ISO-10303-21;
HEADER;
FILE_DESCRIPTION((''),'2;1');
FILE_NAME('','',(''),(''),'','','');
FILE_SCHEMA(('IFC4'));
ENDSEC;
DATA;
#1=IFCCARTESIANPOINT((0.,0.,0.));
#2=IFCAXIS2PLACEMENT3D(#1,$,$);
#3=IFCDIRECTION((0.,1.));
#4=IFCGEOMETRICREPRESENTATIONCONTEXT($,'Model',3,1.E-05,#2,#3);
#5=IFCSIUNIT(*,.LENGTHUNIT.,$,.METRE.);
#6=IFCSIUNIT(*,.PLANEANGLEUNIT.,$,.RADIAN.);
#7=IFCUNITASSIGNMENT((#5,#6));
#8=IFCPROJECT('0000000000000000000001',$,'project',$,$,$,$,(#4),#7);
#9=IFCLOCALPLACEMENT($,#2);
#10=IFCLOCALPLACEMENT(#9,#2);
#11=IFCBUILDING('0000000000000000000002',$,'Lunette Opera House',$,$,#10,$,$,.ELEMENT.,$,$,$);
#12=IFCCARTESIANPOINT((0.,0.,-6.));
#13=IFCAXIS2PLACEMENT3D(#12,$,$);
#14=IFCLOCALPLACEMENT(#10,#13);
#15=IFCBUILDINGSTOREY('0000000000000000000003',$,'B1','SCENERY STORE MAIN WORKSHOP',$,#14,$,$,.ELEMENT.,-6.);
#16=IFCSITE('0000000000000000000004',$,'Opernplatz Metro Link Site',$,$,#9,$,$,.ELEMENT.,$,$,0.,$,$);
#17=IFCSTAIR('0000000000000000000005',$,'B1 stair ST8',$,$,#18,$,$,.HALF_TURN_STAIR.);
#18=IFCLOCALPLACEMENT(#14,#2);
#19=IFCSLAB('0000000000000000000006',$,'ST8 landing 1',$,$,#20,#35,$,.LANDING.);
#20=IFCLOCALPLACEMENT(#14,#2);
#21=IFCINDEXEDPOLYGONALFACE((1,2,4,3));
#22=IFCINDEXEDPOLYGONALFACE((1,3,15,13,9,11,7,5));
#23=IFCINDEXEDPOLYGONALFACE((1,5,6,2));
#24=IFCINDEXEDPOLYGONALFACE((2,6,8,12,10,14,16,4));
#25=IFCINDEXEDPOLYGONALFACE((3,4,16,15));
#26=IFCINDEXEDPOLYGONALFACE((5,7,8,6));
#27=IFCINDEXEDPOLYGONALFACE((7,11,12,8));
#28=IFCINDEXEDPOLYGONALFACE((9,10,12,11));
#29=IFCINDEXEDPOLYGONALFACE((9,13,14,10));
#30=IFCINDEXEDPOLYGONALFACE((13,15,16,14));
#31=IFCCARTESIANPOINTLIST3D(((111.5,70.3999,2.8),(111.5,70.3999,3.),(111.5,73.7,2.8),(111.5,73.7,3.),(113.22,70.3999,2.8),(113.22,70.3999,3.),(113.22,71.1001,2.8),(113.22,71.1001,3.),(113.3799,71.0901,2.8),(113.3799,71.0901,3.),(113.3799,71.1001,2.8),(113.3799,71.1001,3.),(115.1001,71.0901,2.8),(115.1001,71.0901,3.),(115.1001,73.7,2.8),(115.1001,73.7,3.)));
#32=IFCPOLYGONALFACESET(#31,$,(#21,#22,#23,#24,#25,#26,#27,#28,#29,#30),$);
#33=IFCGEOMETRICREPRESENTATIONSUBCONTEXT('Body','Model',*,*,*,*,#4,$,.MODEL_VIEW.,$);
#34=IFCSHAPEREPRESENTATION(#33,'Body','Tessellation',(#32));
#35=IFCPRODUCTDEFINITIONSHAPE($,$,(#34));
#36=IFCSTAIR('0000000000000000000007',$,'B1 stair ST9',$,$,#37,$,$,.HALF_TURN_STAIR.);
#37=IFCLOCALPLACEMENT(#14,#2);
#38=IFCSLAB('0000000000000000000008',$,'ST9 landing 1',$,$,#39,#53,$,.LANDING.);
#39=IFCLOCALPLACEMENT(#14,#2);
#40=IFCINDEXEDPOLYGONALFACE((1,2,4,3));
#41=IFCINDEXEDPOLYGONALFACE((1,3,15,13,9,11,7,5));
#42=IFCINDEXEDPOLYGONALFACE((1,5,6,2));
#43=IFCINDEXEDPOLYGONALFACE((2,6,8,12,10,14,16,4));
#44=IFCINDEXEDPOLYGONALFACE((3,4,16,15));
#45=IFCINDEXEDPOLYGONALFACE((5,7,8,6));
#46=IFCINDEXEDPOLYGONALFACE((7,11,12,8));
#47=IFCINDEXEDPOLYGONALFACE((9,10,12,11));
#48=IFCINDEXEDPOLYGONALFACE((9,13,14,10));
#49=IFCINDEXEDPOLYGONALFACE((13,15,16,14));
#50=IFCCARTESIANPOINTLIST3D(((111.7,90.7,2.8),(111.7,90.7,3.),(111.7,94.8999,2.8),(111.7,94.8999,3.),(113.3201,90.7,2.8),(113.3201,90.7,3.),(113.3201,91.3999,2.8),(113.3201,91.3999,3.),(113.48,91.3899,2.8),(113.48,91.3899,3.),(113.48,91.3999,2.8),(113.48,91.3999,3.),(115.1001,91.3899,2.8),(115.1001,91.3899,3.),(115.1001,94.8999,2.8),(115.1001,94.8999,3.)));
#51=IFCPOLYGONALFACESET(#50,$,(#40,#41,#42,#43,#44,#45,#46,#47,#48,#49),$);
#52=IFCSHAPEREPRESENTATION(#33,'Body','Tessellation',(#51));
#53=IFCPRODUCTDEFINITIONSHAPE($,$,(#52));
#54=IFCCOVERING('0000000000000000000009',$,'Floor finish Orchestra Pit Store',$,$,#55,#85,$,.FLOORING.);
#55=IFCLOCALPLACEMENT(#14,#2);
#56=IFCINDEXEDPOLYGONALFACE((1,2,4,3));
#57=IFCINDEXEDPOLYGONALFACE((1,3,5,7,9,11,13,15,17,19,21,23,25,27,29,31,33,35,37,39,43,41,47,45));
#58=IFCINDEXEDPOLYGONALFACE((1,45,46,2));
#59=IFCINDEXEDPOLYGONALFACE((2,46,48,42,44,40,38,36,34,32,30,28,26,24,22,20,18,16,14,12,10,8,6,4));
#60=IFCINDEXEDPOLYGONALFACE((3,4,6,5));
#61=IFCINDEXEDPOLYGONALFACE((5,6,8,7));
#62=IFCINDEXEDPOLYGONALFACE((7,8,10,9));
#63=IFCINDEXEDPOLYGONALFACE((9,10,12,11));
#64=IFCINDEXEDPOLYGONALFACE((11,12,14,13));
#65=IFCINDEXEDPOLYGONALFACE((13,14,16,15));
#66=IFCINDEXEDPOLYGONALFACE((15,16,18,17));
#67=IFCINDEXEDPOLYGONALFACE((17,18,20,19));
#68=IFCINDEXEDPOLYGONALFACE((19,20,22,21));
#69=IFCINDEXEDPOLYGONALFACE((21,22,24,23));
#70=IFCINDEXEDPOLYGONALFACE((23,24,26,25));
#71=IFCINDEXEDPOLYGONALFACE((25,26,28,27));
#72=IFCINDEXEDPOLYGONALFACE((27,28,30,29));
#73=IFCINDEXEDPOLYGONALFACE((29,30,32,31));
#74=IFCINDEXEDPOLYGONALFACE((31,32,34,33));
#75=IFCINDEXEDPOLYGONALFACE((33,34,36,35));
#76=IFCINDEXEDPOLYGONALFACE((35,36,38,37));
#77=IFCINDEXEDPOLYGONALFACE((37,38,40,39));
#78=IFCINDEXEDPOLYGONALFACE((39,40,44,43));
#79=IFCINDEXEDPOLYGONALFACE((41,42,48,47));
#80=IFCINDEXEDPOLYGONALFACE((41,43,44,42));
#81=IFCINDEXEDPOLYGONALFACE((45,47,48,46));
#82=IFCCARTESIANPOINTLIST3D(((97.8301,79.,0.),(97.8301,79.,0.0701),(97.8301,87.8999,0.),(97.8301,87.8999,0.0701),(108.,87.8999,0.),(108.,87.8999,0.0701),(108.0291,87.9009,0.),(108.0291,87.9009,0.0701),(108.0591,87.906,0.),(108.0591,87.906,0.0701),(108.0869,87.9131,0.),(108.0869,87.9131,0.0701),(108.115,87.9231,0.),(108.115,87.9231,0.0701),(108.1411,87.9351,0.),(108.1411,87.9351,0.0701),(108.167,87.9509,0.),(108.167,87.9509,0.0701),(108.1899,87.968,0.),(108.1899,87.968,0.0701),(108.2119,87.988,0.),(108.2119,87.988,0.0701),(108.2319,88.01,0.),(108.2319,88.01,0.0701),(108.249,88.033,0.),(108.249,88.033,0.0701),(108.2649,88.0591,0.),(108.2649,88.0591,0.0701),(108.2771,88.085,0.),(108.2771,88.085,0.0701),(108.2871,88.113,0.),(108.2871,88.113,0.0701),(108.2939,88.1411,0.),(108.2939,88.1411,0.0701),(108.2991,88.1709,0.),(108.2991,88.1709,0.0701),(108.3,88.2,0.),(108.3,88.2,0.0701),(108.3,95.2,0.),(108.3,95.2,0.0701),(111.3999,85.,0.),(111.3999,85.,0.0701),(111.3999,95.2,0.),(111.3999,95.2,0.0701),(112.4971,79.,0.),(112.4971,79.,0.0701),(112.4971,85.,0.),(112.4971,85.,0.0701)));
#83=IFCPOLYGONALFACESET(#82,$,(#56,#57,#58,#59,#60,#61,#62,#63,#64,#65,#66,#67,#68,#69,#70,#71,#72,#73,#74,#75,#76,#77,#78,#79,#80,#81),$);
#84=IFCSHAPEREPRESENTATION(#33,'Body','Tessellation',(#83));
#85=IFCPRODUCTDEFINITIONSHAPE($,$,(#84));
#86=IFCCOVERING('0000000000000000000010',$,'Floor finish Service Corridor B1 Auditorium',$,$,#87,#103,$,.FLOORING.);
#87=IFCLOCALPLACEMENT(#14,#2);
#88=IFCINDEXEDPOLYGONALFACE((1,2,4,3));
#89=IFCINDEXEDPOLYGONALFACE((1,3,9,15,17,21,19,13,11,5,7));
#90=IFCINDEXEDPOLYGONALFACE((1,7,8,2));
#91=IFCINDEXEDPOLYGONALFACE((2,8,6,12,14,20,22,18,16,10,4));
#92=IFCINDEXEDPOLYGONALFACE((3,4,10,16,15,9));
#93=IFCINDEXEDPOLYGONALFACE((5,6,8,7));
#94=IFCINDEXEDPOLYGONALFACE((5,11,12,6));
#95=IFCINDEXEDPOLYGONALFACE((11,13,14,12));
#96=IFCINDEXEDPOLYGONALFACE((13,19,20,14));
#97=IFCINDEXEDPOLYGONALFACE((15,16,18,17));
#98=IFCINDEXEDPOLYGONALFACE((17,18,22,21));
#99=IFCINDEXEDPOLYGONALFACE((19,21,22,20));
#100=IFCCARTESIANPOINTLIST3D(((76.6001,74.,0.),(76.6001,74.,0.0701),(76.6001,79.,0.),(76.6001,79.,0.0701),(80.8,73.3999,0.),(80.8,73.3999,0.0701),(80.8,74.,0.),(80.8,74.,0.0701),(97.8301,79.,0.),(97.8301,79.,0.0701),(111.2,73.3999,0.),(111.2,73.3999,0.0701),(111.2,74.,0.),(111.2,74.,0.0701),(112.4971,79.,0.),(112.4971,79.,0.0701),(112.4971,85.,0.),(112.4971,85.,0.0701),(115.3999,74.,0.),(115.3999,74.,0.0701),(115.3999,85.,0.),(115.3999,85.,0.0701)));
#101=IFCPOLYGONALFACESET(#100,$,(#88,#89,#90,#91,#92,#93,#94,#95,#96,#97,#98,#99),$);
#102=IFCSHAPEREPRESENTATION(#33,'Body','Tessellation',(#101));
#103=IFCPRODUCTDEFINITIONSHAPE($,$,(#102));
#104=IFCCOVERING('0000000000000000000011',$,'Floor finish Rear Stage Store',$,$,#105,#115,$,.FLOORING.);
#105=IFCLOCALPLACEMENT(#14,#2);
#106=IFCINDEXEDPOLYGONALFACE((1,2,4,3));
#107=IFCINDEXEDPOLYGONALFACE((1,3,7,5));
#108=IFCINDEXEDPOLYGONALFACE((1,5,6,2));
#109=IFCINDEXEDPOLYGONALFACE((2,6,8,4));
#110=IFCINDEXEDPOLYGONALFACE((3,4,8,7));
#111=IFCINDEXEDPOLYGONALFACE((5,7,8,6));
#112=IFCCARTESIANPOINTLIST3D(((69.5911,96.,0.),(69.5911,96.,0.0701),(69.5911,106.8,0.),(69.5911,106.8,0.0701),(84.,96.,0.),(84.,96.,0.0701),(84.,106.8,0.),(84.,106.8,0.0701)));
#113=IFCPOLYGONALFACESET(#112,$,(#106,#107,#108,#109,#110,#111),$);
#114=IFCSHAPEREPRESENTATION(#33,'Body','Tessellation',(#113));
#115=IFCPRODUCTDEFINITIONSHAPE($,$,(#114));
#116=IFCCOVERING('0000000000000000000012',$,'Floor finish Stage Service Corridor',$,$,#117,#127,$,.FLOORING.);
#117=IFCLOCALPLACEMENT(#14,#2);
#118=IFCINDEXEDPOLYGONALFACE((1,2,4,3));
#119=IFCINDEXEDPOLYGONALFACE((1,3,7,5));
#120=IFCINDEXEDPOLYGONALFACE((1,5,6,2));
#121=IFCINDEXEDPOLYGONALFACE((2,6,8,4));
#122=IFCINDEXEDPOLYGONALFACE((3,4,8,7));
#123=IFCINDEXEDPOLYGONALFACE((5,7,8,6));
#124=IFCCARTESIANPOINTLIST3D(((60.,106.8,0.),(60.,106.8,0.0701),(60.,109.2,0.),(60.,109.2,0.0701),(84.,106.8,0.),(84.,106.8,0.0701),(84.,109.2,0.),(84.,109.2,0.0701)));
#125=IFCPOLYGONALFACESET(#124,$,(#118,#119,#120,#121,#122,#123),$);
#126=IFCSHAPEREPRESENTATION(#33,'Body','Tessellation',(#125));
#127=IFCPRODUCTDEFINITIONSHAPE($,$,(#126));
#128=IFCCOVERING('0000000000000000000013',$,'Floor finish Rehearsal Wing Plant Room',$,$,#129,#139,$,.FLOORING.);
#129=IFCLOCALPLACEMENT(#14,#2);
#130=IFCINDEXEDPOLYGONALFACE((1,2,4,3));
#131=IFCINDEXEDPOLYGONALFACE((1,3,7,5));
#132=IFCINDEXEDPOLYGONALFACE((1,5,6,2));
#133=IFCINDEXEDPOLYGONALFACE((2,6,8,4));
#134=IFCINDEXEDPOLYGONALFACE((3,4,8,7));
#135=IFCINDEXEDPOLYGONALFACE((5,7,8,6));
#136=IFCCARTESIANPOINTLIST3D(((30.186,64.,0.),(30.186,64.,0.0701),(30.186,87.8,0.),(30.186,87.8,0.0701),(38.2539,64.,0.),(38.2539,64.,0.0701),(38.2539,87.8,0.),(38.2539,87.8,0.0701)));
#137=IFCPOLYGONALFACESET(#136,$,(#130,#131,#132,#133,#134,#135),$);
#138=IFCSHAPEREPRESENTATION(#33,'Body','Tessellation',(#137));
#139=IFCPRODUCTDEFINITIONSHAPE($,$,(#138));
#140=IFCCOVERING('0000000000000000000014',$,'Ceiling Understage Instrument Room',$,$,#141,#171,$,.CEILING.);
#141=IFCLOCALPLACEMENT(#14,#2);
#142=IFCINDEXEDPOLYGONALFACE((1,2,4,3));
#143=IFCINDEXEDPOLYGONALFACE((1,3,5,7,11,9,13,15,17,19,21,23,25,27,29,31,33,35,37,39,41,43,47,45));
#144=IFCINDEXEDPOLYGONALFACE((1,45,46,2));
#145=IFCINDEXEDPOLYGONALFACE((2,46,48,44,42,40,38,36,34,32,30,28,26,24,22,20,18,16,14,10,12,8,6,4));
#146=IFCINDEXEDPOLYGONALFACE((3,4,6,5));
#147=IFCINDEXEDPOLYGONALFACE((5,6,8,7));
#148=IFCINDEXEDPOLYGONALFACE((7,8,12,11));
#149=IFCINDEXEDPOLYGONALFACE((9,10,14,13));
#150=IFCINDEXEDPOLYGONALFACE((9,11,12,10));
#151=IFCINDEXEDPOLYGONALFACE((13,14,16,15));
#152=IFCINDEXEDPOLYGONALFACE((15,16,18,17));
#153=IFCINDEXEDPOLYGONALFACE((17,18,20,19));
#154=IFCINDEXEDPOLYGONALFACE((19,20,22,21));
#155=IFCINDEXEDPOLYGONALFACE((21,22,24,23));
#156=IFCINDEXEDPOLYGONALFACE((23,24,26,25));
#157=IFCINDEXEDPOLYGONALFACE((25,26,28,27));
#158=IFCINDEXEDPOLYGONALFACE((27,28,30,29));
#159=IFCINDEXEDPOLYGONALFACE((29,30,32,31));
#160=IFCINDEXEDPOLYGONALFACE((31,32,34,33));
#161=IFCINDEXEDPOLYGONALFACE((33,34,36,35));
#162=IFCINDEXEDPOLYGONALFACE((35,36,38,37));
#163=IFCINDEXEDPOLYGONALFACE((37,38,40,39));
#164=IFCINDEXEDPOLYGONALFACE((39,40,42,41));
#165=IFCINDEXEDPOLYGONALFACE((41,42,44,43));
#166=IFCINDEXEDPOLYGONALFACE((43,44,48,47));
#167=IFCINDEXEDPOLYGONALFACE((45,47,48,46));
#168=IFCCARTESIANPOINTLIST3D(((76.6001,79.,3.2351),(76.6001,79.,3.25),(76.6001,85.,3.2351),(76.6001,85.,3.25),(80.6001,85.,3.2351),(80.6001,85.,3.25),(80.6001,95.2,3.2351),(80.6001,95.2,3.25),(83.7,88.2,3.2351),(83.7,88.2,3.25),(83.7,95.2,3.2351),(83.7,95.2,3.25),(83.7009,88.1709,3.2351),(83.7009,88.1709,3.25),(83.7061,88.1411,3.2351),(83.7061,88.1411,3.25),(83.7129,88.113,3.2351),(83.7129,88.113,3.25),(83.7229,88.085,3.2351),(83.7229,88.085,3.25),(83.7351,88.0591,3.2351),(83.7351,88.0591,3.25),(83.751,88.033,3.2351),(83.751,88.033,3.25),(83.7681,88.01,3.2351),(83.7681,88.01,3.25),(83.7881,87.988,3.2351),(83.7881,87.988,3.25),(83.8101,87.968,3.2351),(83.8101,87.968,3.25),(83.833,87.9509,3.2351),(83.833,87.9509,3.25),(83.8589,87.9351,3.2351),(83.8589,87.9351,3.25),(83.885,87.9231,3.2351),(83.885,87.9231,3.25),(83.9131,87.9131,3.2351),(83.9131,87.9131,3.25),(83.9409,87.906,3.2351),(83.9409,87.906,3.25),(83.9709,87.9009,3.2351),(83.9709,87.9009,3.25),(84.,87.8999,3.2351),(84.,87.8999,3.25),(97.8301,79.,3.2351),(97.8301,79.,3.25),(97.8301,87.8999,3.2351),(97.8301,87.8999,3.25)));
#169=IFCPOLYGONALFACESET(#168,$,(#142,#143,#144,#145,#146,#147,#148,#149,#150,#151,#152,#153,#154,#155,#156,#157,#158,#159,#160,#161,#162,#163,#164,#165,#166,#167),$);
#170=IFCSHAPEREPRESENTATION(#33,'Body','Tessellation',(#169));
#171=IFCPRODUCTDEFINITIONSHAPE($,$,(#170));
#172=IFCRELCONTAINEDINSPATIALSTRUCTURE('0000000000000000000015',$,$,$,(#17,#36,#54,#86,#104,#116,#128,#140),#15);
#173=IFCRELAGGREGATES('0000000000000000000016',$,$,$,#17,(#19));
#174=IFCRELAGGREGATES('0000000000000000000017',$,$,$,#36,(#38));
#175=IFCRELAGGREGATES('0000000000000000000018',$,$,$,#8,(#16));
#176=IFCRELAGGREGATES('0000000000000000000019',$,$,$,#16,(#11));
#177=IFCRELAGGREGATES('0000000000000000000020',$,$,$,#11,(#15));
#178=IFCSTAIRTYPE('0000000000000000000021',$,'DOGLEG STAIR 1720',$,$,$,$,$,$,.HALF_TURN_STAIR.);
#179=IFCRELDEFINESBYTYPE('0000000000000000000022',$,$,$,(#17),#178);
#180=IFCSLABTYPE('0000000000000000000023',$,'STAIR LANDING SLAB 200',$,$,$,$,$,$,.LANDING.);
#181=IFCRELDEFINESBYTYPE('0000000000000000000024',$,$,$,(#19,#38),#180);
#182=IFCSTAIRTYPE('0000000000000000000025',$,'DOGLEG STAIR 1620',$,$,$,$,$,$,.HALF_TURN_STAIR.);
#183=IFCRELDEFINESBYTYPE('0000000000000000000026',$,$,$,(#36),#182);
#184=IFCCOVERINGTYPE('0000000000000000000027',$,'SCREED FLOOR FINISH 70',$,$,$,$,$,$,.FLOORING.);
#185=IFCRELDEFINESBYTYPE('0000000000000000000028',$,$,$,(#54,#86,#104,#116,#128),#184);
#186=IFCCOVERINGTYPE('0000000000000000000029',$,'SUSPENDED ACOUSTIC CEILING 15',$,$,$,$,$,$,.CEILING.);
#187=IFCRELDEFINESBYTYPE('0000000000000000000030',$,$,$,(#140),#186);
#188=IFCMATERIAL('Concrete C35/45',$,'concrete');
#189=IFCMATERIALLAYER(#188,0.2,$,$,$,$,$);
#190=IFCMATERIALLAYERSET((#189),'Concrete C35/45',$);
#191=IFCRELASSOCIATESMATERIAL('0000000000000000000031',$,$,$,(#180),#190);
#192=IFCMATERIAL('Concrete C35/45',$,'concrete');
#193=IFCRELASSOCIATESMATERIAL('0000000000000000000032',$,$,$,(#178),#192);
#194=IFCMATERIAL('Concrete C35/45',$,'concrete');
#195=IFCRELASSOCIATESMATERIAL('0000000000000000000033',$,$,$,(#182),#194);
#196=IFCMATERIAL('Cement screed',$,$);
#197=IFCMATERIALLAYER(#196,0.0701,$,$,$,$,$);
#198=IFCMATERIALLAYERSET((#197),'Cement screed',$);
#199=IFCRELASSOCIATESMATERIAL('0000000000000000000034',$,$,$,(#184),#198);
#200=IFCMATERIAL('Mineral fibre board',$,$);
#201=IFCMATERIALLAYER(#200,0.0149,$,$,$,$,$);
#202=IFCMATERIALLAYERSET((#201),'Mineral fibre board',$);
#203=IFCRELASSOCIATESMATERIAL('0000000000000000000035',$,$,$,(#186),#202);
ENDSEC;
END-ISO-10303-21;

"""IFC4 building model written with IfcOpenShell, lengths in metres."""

from ifc_helpers import new_model, si_unit, direction, frame, origin, place, context, subcontext, project, spatial, polyline, outline, extrude, material, layer, layer_set, type_object, element, aggregate, save


model = new_model("IFC4")

# Units and contexts
model_context = context("Model", 3, precision=1e-05, world=origin(), true_north=direction((0.0, 1.0)))
body_context = subcontext(model_context, "Body", "Model", "MODEL_VIEW")
ifc_project = project(units=[si_unit("LENGTHUNIT", "METRE"), si_unit("PLANEANGLEUNIT", "RADIAN")], contexts=[model_context])

# Site, building, storey
site_placement = place(None, origin())
site = spatial("IfcSite", under=ifc_project, at=site_placement, Name="Opernplatz Metro Link Site", CompositionType="ELEMENT", RefElevation=0.0)
building_placement = place(site_placement, origin())
building = spatial("IfcBuilding", under=site, at=building_placement, Name="Lunette Opera House", CompositionType="ELEMENT")
storey_placement = place(building_placement, frame((0.0, 0.0, -6.0)))
storey = spatial("IfcBuildingStorey", under=building, at=storey_placement, Name="B1", Description="SCENERY STORE MAIN WORKSHOP", CompositionType="ELEMENT", Elevation=-6.0)

# Shared definitions
ifc_material_1 = material(Name="Concrete C35/45", Category="concrete")
ifc_layer_1 = layer(ifc_material_1, 0.2)
ifc_layer_set_1 = layer_set([ifc_layer_1], Name="Concrete C35/45")
slab_type_1 = type_object("IfcSlabType", Name="STAIR LANDING SLAB 200", PredefinedType="LANDING", material=ifc_layer_set_1)

# Stairs, slabs
ifc_material_2 = material(Name="Concrete C35/45", Category="concrete")
stair_type_1 = type_object("IfcStairType", Name="DOGLEG STAIR 1720", PredefinedType="HALF_TURN_STAIR", material=ifc_material_2)
stair_1_placement = place(storey_placement, origin())
stair_1 = element("IfcStair", 1, at=stair_1_placement, inside=storey, type_object=stair_type_1, Name="B1 stair ST8", PredefinedType="HALF_TURN_STAIR")
slab_1_placement = place(storey_placement, frame((0.0, 0.0, 2.8)))
slab_1 = element("IfcSlab", 2, at=slab_1_placement, type_object=slab_type_1, Name="ST8 landing 1", PredefinedType="LANDING", context=body_context, shape_type="SweptSolid", body=[
    extrude(outline(polyline([(115.1001, 71.0901), (113.3799, 71.0901), (113.3799, 71.1001), (113.22, 71.1001), (113.22, 70.3999), (111.5, 70.3999), (111.5, 73.7), (115.1001, 73.7), (115.1001, 71.0901)])), origin(), (0.0, 0.0, 1.0), 0.2),
])
aggregate(stair_1, [slab_1])
ifc_material_3 = material(Name="Concrete C35/45", Category="concrete")
stair_type_2 = type_object("IfcStairType", Name="DOGLEG STAIR 1620", PredefinedType="HALF_TURN_STAIR", material=ifc_material_3)
stair_2_placement = place(storey_placement, origin())
stair_2 = element("IfcStair", 3, at=stair_2_placement, inside=storey, type_object=stair_type_2, Name="B1 stair ST9", PredefinedType="HALF_TURN_STAIR")
slab_2_placement = place(storey_placement, frame((0.0, 0.0, 2.8)))
slab_2 = element("IfcSlab", 4, at=slab_2_placement, type_object=slab_type_1, Name="ST9 landing 1", PredefinedType="LANDING", context=body_context, shape_type="SweptSolid", body=[
    extrude(outline(polyline([(115.1001, 94.8999), (115.1001, 91.3899), (113.48, 91.3899), (113.48, 91.3999), (113.3201, 91.3999), (113.3201, 90.7), (111.7, 90.7), (111.7, 94.8999), (115.1001, 94.8999)])), origin(), (0.0, 0.0, 1.0), 0.2),
])
aggregate(stair_2, [slab_2])

# Coverings
ifc_material_4 = material(Name="Cement screed")
ifc_layer_2 = layer(ifc_material_4, 0.0701)
ifc_layer_set_2 = layer_set([ifc_layer_2], Name="Cement screed")
covering_type_1 = type_object("IfcCoveringType", Name="SCREED FLOOR FINISH 70", PredefinedType="FLOORING", material=ifc_layer_set_2)
covering_1_placement = place(storey_placement, origin())
element("IfcCovering", 5, at=covering_1_placement, inside=storey, type_object=covering_type_1, Name="Floor finish Orchestra Pit Store", PredefinedType="FLOORING", context=body_context, shape_type="SweptSolid", body=[
    extrude(outline(polyline([(108.0591, 87.906), (108.0869, 87.9131), (108.115, 87.9231), (108.1411, 87.9351), (108.167, 87.9509), (108.1899, 87.968), (108.2119, 87.988), (108.2319, 88.01), (108.249, 88.033), (108.2649, 88.0591), (108.2771, 88.085), (108.2871, 88.113), (108.2939, 88.1411), (108.2991, 88.1709), (108.3, 88.2), (108.3, 95.2), (111.3999, 95.2), (111.3999, 85.0), (112.4971, 85.0), (112.4971, 79.0), (97.8301, 79.0), (97.8301, 87.8999), (108.0, 87.8999), (108.0291, 87.9009), (108.0591, 87.906)])), origin(), (0.0, 0.0, 1.0), 0.0701),
])
covering_2_placement = place(storey_placement, origin())
element("IfcCovering", 6, at=covering_2_placement, inside=storey, type_object=covering_type_1, Name="Floor finish Service Corridor B1 Auditorium", PredefinedType="FLOORING", context=body_context, shape_type="SweptSolid", body=[
    extrude(outline(polyline([(76.6001, 74.0), (76.6001, 79.0), (97.8301, 79.0), (112.4971, 79.0), (112.4971, 85.0), (115.3999, 85.0), (115.3999, 74.0), (111.2, 74.0), (111.2, 73.3999), (80.8, 73.3999), (80.8, 74.0), (76.6001, 74.0)])), origin(), (0.0, 0.0, 1.0), 0.0701),
])
covering_3_placement = place(storey_placement, origin())
element("IfcCovering", 7, at=covering_3_placement, inside=storey, type_object=covering_type_1, Name="Floor finish Rear Stage Store", PredefinedType="FLOORING", context=body_context, shape_type="SweptSolid", body=[
    extrude(outline(polyline([(84.0, 96.0), (69.5911, 96.0), (69.5911, 106.8), (84.0, 106.8), (84.0, 96.0)])), origin(), (0.0, 0.0, 1.0), 0.0701),
])
covering_4_placement = place(storey_placement, origin())
element("IfcCovering", 8, at=covering_4_placement, inside=storey, type_object=covering_type_1, Name="Floor finish Stage Service Corridor", PredefinedType="FLOORING", context=body_context, shape_type="SweptSolid", body=[
    extrude(outline(polyline([(84.0, 109.2), (84.0, 106.8), (60.0, 106.8), (60.0, 109.2), (84.0, 109.2)])), origin(), (0.0, 0.0, 1.0), 0.0701),
])
covering_5_placement = place(storey_placement, origin())
element("IfcCovering", 9, at=covering_5_placement, inside=storey, type_object=covering_type_1, Name="Floor finish Rehearsal Wing Plant Room", PredefinedType="FLOORING", context=body_context, shape_type="SweptSolid", body=[
    extrude(outline(polyline([(30.186, 87.8), (38.2539, 87.8), (38.2539, 64.0), (30.186, 64.0), (30.186, 87.8)])), origin(), (0.0, 0.0, 1.0), 0.0701),
])
ifc_material_5 = material(Name="Mineral fibre board")
ifc_layer_3 = layer(ifc_material_5, 0.0149)
ifc_layer_set_3 = layer_set([ifc_layer_3], Name="Mineral fibre board")
covering_type_2 = type_object("IfcCoveringType", Name="SUSPENDED ACOUSTIC CEILING 15", PredefinedType="CEILING", material=ifc_layer_set_3)
covering_6_placement = place(storey_placement, frame((0.0, 0.0, 3.2351)))
element("IfcCovering", 10, at=covering_6_placement, inside=storey, type_object=covering_type_2, Name="Ceiling Understage Instrument Room", PredefinedType="CEILING", context=body_context, shape_type="SweptSolid", body=[
    extrude(outline(polyline([(80.6001, 95.2), (83.7, 95.2), (83.7, 88.2), (83.7009, 88.1709), (83.7061, 88.1411), (83.7129, 88.113), (83.7229, 88.085), (83.7351, 88.0591), (83.751, 88.033), (83.7681, 88.01), (83.7881, 87.988), (83.8101, 87.968), (83.833, 87.9509), (83.8589, 87.9351), (83.885, 87.9231), (83.9131, 87.9131), (83.9409, 87.906), (83.9709, 87.9009), (84.0, 87.8999), (97.8301, 87.8999), (97.8301, 79.0), (76.6001, 79.0), (76.6001, 85.0), (80.6001, 85.0), (80.6001, 95.2)])), origin(), (0.0, 0.0, 1.0), 0.0149),
])

save(model, "model.ifc")
